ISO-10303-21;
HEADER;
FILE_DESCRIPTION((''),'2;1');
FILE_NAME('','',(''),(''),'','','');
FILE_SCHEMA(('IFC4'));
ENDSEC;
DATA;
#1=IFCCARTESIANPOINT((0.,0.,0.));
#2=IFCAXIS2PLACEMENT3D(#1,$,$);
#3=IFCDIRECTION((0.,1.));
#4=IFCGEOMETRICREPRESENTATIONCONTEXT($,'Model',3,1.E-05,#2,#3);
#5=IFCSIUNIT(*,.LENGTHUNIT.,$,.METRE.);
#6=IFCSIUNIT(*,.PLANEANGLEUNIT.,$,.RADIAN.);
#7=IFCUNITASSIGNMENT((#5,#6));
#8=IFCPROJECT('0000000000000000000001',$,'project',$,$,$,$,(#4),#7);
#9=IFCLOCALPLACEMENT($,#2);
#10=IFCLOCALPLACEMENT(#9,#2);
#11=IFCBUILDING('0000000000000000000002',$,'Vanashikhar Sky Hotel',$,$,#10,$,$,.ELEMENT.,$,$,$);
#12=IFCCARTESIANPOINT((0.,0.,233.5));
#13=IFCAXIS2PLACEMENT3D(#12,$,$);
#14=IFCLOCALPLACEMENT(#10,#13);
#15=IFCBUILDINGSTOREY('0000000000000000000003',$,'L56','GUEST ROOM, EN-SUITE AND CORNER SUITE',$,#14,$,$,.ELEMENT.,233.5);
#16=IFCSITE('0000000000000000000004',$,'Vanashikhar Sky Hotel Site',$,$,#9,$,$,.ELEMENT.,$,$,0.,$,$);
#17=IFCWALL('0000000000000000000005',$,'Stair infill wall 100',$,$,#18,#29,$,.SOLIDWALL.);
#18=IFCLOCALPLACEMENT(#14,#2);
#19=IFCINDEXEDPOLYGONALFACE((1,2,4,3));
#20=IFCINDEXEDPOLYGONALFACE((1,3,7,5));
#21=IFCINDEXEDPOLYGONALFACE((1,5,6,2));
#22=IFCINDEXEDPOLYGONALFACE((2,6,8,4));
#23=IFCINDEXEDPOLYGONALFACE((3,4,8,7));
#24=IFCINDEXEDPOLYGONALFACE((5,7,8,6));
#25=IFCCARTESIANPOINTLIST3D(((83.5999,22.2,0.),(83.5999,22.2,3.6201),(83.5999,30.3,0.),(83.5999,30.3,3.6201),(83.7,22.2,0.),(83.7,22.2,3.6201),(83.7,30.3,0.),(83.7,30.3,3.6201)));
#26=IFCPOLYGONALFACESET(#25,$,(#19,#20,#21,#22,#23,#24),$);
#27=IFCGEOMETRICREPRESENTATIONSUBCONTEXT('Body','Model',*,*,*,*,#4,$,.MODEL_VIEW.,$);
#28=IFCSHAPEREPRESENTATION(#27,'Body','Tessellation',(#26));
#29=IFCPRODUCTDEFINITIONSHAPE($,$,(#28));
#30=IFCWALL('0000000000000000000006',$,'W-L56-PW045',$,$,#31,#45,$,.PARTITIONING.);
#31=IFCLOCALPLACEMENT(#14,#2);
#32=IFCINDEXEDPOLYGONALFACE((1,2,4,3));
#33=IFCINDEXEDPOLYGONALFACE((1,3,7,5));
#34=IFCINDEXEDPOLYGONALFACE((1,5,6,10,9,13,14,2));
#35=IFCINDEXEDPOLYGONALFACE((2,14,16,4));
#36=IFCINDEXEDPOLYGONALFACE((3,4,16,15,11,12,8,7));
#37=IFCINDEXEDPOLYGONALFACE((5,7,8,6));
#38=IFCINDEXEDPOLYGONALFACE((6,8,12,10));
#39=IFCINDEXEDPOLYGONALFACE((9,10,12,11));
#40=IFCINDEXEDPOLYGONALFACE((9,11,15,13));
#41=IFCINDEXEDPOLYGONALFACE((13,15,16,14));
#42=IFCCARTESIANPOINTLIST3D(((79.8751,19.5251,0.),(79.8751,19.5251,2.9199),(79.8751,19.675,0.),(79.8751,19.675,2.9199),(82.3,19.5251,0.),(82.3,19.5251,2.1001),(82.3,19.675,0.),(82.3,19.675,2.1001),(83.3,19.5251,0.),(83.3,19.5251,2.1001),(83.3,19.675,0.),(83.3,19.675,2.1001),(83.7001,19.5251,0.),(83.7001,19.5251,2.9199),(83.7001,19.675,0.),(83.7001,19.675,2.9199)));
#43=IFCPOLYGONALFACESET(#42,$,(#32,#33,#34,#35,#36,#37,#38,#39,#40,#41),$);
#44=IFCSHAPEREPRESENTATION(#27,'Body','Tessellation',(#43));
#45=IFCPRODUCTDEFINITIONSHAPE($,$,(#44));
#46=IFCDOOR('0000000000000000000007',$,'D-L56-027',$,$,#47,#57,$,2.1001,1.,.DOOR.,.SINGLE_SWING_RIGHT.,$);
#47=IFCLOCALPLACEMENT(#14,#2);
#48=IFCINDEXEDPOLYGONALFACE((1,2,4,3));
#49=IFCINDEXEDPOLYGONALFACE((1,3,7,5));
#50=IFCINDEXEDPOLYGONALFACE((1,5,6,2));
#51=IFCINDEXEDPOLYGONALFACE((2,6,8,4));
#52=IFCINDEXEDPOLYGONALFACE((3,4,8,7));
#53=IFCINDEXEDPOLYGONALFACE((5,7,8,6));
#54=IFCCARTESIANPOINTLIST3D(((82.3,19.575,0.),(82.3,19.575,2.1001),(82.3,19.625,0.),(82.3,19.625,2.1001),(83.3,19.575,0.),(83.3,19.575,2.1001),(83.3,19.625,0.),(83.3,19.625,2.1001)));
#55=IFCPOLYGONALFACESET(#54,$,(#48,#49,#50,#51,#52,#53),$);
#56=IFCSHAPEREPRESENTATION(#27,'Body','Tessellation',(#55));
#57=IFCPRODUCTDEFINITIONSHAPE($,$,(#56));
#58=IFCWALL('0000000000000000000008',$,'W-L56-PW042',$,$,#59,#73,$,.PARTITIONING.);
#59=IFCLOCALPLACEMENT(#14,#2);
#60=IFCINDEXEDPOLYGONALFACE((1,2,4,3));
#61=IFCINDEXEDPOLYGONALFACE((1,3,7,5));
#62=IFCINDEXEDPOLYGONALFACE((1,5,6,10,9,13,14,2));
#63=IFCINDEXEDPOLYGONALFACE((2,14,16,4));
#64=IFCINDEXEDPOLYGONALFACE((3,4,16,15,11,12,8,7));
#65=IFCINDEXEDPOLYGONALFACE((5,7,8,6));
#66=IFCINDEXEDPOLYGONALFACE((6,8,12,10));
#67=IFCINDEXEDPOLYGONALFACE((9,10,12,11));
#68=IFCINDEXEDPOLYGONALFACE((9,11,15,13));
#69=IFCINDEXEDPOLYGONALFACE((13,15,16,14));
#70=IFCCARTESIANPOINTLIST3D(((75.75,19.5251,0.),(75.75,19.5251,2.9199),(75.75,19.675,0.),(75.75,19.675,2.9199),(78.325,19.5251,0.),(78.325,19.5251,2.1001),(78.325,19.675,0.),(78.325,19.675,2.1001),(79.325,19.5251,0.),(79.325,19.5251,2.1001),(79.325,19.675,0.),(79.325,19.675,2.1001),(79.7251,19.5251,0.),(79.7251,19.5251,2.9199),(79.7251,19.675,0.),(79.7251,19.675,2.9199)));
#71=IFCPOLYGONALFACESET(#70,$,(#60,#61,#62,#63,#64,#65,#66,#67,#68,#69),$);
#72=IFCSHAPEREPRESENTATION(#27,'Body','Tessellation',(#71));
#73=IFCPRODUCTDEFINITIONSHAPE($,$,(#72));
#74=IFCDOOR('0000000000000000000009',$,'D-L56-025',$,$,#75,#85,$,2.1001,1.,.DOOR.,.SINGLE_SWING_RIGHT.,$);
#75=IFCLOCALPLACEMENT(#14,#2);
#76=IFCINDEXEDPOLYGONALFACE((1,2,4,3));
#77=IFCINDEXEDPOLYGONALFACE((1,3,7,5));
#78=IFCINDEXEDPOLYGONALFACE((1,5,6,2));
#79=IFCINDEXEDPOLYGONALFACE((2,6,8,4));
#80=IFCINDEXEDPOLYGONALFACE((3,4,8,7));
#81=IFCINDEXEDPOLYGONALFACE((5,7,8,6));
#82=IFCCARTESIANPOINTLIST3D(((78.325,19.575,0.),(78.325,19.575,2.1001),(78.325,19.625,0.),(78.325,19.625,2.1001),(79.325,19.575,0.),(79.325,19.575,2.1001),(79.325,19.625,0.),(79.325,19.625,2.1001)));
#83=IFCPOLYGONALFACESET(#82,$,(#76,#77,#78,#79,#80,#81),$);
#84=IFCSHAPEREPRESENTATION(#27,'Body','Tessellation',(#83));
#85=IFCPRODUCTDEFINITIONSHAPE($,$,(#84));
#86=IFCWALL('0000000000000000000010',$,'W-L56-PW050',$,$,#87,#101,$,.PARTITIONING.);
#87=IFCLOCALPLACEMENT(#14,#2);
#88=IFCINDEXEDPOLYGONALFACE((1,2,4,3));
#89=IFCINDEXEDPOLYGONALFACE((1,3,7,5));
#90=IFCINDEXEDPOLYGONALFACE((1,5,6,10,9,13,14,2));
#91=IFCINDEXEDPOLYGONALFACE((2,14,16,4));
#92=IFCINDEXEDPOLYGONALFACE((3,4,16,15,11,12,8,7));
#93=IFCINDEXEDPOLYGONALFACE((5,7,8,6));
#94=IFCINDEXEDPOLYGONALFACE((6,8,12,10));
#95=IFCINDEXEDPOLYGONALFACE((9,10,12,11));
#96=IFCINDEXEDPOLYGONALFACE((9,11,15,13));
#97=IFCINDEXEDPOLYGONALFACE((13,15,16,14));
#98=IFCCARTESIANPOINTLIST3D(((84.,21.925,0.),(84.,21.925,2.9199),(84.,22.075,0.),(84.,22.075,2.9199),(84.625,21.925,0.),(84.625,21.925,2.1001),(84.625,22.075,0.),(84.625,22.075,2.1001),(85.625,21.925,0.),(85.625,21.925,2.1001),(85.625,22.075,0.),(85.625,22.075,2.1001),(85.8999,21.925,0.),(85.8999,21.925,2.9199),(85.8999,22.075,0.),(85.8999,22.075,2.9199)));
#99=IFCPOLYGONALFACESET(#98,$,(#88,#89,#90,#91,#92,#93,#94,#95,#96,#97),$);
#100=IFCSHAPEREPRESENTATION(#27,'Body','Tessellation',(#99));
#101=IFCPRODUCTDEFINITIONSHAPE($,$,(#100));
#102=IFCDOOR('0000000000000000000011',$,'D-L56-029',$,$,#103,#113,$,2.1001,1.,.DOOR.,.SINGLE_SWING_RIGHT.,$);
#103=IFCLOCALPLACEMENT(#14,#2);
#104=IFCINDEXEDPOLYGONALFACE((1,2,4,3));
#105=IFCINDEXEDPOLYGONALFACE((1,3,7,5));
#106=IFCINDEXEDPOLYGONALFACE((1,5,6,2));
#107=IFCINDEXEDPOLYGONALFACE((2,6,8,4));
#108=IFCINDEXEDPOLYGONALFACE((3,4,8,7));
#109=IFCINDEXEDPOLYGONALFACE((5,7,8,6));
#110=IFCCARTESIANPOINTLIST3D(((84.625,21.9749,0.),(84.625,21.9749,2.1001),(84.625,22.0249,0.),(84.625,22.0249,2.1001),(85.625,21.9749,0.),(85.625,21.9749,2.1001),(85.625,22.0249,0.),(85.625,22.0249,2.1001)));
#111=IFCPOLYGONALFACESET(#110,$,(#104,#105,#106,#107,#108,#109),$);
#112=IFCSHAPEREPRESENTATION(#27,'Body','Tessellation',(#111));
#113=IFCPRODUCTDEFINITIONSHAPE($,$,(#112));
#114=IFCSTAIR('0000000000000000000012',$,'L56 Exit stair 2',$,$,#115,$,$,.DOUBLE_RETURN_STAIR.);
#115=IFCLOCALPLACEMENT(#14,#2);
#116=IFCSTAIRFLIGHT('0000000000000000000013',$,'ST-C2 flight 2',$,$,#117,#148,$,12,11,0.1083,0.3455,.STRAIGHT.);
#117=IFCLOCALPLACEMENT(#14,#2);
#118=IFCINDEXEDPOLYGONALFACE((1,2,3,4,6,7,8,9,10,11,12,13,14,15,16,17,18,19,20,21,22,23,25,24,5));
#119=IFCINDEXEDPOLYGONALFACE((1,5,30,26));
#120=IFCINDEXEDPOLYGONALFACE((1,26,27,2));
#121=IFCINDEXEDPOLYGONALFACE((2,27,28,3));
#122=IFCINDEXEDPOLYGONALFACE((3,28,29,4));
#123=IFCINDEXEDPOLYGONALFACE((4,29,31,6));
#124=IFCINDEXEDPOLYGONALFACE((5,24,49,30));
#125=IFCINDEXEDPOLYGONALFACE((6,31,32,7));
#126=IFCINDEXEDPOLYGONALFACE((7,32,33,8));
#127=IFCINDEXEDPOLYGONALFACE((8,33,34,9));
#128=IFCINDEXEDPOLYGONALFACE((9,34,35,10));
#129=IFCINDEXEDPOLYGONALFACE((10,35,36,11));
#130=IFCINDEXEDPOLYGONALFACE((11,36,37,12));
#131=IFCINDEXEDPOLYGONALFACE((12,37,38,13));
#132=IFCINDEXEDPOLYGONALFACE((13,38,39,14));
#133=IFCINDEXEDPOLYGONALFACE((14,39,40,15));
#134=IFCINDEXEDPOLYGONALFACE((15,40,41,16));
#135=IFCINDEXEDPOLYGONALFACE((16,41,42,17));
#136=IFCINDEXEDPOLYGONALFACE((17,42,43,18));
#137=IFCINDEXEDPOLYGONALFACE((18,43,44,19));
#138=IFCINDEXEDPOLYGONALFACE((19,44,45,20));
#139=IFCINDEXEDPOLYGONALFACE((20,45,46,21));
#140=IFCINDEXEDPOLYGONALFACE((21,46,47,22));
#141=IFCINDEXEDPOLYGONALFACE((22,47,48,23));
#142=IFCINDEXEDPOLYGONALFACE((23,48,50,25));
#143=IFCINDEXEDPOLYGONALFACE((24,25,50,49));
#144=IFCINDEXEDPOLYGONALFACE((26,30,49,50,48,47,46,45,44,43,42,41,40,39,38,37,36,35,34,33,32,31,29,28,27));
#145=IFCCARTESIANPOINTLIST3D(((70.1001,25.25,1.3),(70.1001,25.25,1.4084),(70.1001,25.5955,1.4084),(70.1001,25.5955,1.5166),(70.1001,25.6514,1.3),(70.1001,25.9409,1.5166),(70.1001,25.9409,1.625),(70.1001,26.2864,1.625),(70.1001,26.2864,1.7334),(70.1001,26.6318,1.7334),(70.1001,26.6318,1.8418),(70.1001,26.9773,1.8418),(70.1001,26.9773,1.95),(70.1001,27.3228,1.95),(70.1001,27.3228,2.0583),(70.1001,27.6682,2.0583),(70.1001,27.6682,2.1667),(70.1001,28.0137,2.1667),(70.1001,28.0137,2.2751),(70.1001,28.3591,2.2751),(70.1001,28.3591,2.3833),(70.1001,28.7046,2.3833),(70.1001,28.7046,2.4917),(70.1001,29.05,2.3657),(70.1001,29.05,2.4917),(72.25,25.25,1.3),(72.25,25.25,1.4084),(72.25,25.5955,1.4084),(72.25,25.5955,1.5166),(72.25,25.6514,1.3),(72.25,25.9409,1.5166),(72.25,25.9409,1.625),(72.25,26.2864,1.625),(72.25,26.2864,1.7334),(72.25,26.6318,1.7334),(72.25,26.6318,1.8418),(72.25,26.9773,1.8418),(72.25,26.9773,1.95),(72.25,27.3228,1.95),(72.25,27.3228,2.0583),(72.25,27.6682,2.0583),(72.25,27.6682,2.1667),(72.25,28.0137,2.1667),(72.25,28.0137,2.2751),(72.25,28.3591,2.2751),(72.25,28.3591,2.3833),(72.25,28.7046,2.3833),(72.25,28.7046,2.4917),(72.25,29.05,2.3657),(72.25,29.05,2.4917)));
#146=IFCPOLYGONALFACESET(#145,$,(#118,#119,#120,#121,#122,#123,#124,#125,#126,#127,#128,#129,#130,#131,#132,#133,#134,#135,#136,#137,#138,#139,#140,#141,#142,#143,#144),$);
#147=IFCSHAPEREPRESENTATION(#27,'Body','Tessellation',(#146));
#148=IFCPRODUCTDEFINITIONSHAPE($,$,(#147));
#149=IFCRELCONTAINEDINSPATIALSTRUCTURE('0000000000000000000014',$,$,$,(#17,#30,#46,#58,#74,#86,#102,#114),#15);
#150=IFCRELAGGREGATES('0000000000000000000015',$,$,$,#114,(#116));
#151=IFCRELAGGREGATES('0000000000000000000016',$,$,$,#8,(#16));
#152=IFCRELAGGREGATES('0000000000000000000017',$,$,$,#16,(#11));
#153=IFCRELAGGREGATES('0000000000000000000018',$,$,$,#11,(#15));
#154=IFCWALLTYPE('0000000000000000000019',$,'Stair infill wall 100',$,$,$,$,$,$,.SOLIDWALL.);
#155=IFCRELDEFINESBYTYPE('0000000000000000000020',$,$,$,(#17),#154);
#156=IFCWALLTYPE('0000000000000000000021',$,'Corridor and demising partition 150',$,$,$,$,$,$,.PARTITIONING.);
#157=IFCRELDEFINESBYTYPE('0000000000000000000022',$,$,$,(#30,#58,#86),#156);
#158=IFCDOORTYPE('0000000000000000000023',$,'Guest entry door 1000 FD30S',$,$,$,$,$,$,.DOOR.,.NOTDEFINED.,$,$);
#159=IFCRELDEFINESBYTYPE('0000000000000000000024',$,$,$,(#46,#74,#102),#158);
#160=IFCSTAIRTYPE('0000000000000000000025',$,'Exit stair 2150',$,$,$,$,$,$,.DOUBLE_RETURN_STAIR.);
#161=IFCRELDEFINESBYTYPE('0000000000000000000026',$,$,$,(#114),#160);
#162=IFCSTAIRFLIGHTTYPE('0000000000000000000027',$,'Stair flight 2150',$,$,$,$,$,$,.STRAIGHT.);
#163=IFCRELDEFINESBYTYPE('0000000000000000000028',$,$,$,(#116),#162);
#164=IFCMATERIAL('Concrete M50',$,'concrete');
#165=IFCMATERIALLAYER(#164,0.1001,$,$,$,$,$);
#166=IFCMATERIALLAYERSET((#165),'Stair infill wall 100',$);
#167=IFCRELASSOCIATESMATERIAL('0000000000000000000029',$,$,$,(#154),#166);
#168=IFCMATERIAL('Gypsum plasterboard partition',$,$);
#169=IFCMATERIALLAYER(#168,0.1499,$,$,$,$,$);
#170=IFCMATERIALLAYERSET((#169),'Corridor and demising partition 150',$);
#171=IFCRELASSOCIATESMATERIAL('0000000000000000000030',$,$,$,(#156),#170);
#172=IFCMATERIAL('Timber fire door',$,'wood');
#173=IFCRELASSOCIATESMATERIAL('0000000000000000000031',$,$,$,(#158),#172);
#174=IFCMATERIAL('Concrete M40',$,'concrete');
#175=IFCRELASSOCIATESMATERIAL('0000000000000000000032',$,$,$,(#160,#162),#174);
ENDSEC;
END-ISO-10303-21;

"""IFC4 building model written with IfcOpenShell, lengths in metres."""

from ifc_helpers import new_model, si_unit, direction, frame, frame_2d, origin, place, context, subcontext, project, spatial, polyline, rectangle, outline, extrude, source, transform, mapped, material, layer, layer_set, type_object, element, fill, aggregate, save


model = new_model("IFC4")

# Units and contexts
model_context = context("Model", 3, precision=1e-05, world=origin(), true_north=direction((0.0, 1.0)))
body_context = subcontext(model_context, "Body", "Model", "MODEL_VIEW")
ifc_project = project(units=[si_unit("LENGTHUNIT", "METRE"), si_unit("PLANEANGLEUNIT", "RADIAN")], contexts=[model_context])

# Site, building, storey
site_placement = place(None, origin())
site = spatial("IfcSite", under=ifc_project, at=site_placement, Name="Vanashikhar Sky Hotel Site", CompositionType="ELEMENT", RefElevation=0.0)
building_placement = place(site_placement, origin())
building = spatial("IfcBuilding", under=site, at=building_placement, Name="Vanashikhar Sky Hotel", CompositionType="ELEMENT")
storey_placement = place(building_placement, frame((0.0, 0.0, 233.5)))
storey = spatial("IfcBuildingStorey", under=building, at=storey_placement, Name="L56", Description="GUEST ROOM, EN-SUITE AND CORNER SUITE", CompositionType="ELEMENT", Elevation=233.5)

# Shared definitions
ifc_material_1 = material(Name="Concrete M50", Category="concrete")

# Wall
ifc_layer_1 = layer(ifc_material_1, 0.1001)
ifc_layer_set_1 = layer_set([ifc_layer_1], Name="Stair infill wall 100")
wall_type_1 = type_object("IfcWallType", Name="Stair infill wall 100", PredefinedType="SOLIDWALL", material=ifc_layer_set_1)
shared_shape_1 = source(origin(), body_context, "Body", "SweptSolid", [
    extrude(rectangle(XDim=8.1001, YDim=0.1001, at=frame_2d((4.05, 0.0))), origin(), (0.0, 0.0, 1.0), 3.6201),
])
wall_1_placement = place(storey_placement, frame((83.6499, 22.2, 0.0), z_axis=(0.0, 0.0, 1.0), x_axis=(0.0, 1.0, 0.0)))
element("IfcWall", 1, at=wall_1_placement, inside=storey, type_object=wall_type_1, Name="Stair infill wall 100", PredefinedType="SOLIDWALL", context=body_context, shape_type="MappedRepresentation", body=[
    mapped(shared_shape_1, transform((0.0, 0.0, 0.0), scale=1.0)),
])

# Walls, openings, doors
ifc_material_2 = material(Name="Gypsum plasterboard partition")
ifc_layer_2 = layer(ifc_material_2, 0.1499)
ifc_layer_set_2 = layer_set([ifc_layer_2], Name="Corridor and demising partition 150")
wall_type_2 = type_object("IfcWallType", Name="Corridor and demising partition 150", PredefinedType="PARTITIONING", material=ifc_layer_set_2)
shared_shape_2 = source(origin(), body_context, "Body", "SweptSolid", [
    extrude(rectangle(XDim=3.825, YDim=0.1499, at=frame_2d((1.9126, 0.0))), origin(), (0.0, 0.0, 1.0), 2.9199),
])
wall_2_placement = place(storey_placement, frame((79.875, 19.6001, 0.0), z_axis=(0.0, 0.0, 1.0), x_axis=(1.0, 0.0, 0.0)))
wall_2 = element("IfcWall", 2, at=wall_2_placement, inside=storey, type_object=wall_type_2, Name="W-L56-PW045", PredefinedType="PARTITIONING", context=body_context, shape_type="MappedRepresentation", body=[
    mapped(shared_shape_2, transform((0.0, 0.0, 0.0), scale=1.0)),
])
shared_shape_3 = source(origin(), body_context, "Body", "SweptSolid", [
    extrude(rectangle(XDim=1.0, YDim=2.1001, at=frame_2d((0.5, 1.05))), frame((0.0, 0.085, 0.0), z_axis=(0.0, -1.0, 0.0), x_axis=(1.0, 0.0, 0.0)), (0.0, 0.0, 1.0), 0.1699),
])
opening_1_placement = place(wall_2_placement, frame((2.425, 0.0, 0.0)))
opening_1 = element("IfcOpeningElement", 3, at=opening_1_placement, cuts=wall_2, PredefinedType="OPENING", context=body_context, shape_type="MappedRepresentation", body=[
    mapped(shared_shape_3, transform((0.0, 0.0, 0.0), scale=1.0)),
])
ifc_material_3 = material(Name="Timber fire door", Category="wood")
door_type_1 = type_object("IfcDoorType", Name="Guest entry door 1000 FD30S", OperationType="NOTDEFINED", PredefinedType="DOOR", material=ifc_material_3)
shared_shape_4 = source(origin(), body_context, "Body", "SweptSolid", [
    extrude(rectangle(XDim=1.0, YDim=2.1001, at=frame_2d((0.5, 1.05))), frame((0.0, 0.0249, 0.0), z_axis=(0.0, -1.0, 0.0), x_axis=(1.0, 0.0, 0.0)), (0.0, 0.0, 1.0), 0.05),
])
door_1_placement = place(opening_1_placement, origin())
door_1 = element("IfcDoor", 4, at=door_1_placement, inside=storey, type_object=door_type_1, Name="D-L56-027", OperationType="SINGLE_SWING_RIGHT", OverallHeight=2.1001, OverallWidth=1.0, PredefinedType="DOOR", context=body_context, shape_type="MappedRepresentation", body=[
    mapped(shared_shape_4, transform((0.0, 0.0, 0.0), scale=1.0)),
])
fill(opening_1, door_1)
shared_shape_5 = source(origin(), body_context, "Body", "SweptSolid", [
    extrude(rectangle(XDim=3.9751, YDim=0.1499, at=frame_2d((1.9875, 0.0))), origin(), (0.0, 0.0, 1.0), 2.9199),
])
wall_3_placement = place(storey_placement, frame((75.75, 19.6001, 0.0), z_axis=(0.0, 0.0, 1.0), x_axis=(1.0, 0.0, 0.0)))
wall_3 = element("IfcWall", 5, at=wall_3_placement, inside=storey, type_object=wall_type_2, Name="W-L56-PW042", PredefinedType="PARTITIONING", context=body_context, shape_type="MappedRepresentation", body=[
    mapped(shared_shape_5, transform((0.0, 0.0, 0.0), scale=1.0)),
])
opening_2_placement = place(wall_3_placement, frame((2.575, 0.0, 0.0)))
opening_2 = element("IfcOpeningElement", 6, at=opening_2_placement, cuts=wall_3, PredefinedType="OPENING", context=body_context, shape_type="MappedRepresentation", body=[
    mapped(shared_shape_3, transform((0.0, 0.0, 0.0), scale=1.0)),
])
door_2_placement = place(opening_2_placement, origin())
door_2 = element("IfcDoor", 7, at=door_2_placement, inside=storey, type_object=door_type_1, Name="D-L56-025", OperationType="SINGLE_SWING_RIGHT", OverallHeight=2.1001, OverallWidth=1.0, PredefinedType="DOOR", context=body_context, shape_type="MappedRepresentation", body=[
    mapped(shared_shape_4, transform((0.0, 0.0, 0.0), scale=1.0)),
])
fill(opening_2, door_2)
shared_shape_6 = source(origin(), body_context, "Body", "SweptSolid", [
    extrude(rectangle(XDim=1.8999, YDim=0.1499, at=frame_2d((0.95, 0.0))), origin(), (0.0, 0.0, 1.0), 2.9199),
])
wall_4_placement = place(storey_placement, frame((84.0, 22.0, 0.0), z_axis=(0.0, 0.0, 1.0), x_axis=(1.0, 0.0, 0.0)))
wall_4 = element("IfcWall", 8, at=wall_4_placement, inside=storey, type_object=wall_type_2, Name="W-L56-PW050", PredefinedType="PARTITIONING", context=body_context, shape_type="MappedRepresentation", body=[
    mapped(shared_shape_6, transform((0.0, 0.0, 0.0), scale=1.0)),
])
opening_3_placement = place(wall_4_placement, frame((0.625, 0.0, 0.0)))
opening_3 = element("IfcOpeningElement", 9, at=opening_3_placement, cuts=wall_4, PredefinedType="OPENING", context=body_context, shape_type="MappedRepresentation", body=[
    mapped(shared_shape_3, transform((0.0, 0.0, 0.0), scale=1.0)),
])
door_3_placement = place(opening_3_placement, origin())
door_3 = element("IfcDoor", 10, at=door_3_placement, inside=storey, type_object=door_type_1, Name="D-L56-029", OperationType="SINGLE_SWING_RIGHT", OverallHeight=2.1001, OverallWidth=1.0, PredefinedType="DOOR", context=body_context, shape_type="MappedRepresentation", body=[
    mapped(shared_shape_4, transform((0.0, 0.0, 0.0), scale=1.0)),
])
fill(opening_3, door_3)

# Stair, stair flight
ifc_material_4 = material(Name="Concrete M40", Category="concrete")
stair_type = type_object("IfcStairType", Name="Exit stair 2150", PredefinedType="DOUBLE_RETURN_STAIR", material=ifc_material_4)
stair_1_placement = place(storey_placement, origin())
stair_1 = element("IfcStair", 11, at=stair_1_placement, inside=storey, type_object=stair_type, Name="L56 Exit stair 2", PredefinedType="DOUBLE_RETURN_STAIR")
stair_flight_type = type_object("IfcStairFlightType", Name="Stair flight 2150", PredefinedType="STRAIGHT", material=ifc_material_4)
shared_shape_7 = source(origin(), body_context, "Body", "SweptSolid", [
    extrude(outline(polyline([(0.0, 0.0), (0.0, 0.1084), (0.3455, 0.1084), (0.3455, 0.2166), (0.6909, 0.2166), (0.6909, 0.325), (1.0364, 0.325), (1.0364, 0.4333), (1.3818, 0.4333), (1.3818, 0.5417), (1.7273, 0.5417), (1.7273, 0.6499), (2.0728, 0.6499), (2.0728, 0.7583), (2.4182, 0.7583), (2.4182, 0.8667), (2.7637, 0.8667), (2.7637, 0.9751), (3.1091, 0.9751), (3.1091, 1.0833), (3.4546, 1.0833), (3.4546, 1.1917), (3.8, 1.1917), (3.8, 1.3), (3.8, 1.0657), (0.4014, 0.0), (0.0, 0.0)])), frame((0.0, 1.075, 0.0), z_axis=(0.0, -1.0, 0.0), x_axis=(1.0, 0.0, 0.0)), (0.0, 0.0, 1.0), 2.1499),
])
stair_flight_1_placement = place(storey_placement, frame((71.175, 25.25, 1.3), z_axis=(0.0, 0.0, 1.0), x_axis=(0.0, 1.0, 0.0)))
stair_flight_1 = element("IfcStairFlight", 12, at=stair_flight_1_placement, type_object=stair_flight_type, Name="ST-C2 flight 2", NumberOfRisers=12, NumberOfTreads=11, PredefinedType="STRAIGHT", RiserHeight=0.1083, TreadLength=0.3455, context=body_context, shape_type="MappedRepresentation", body=[
    mapped(shared_shape_7, transform((0.0, 0.0, 0.0), scale=1.0)),
])
aggregate(stair_1, [stair_flight_1])

save(model, "model.ifc")
